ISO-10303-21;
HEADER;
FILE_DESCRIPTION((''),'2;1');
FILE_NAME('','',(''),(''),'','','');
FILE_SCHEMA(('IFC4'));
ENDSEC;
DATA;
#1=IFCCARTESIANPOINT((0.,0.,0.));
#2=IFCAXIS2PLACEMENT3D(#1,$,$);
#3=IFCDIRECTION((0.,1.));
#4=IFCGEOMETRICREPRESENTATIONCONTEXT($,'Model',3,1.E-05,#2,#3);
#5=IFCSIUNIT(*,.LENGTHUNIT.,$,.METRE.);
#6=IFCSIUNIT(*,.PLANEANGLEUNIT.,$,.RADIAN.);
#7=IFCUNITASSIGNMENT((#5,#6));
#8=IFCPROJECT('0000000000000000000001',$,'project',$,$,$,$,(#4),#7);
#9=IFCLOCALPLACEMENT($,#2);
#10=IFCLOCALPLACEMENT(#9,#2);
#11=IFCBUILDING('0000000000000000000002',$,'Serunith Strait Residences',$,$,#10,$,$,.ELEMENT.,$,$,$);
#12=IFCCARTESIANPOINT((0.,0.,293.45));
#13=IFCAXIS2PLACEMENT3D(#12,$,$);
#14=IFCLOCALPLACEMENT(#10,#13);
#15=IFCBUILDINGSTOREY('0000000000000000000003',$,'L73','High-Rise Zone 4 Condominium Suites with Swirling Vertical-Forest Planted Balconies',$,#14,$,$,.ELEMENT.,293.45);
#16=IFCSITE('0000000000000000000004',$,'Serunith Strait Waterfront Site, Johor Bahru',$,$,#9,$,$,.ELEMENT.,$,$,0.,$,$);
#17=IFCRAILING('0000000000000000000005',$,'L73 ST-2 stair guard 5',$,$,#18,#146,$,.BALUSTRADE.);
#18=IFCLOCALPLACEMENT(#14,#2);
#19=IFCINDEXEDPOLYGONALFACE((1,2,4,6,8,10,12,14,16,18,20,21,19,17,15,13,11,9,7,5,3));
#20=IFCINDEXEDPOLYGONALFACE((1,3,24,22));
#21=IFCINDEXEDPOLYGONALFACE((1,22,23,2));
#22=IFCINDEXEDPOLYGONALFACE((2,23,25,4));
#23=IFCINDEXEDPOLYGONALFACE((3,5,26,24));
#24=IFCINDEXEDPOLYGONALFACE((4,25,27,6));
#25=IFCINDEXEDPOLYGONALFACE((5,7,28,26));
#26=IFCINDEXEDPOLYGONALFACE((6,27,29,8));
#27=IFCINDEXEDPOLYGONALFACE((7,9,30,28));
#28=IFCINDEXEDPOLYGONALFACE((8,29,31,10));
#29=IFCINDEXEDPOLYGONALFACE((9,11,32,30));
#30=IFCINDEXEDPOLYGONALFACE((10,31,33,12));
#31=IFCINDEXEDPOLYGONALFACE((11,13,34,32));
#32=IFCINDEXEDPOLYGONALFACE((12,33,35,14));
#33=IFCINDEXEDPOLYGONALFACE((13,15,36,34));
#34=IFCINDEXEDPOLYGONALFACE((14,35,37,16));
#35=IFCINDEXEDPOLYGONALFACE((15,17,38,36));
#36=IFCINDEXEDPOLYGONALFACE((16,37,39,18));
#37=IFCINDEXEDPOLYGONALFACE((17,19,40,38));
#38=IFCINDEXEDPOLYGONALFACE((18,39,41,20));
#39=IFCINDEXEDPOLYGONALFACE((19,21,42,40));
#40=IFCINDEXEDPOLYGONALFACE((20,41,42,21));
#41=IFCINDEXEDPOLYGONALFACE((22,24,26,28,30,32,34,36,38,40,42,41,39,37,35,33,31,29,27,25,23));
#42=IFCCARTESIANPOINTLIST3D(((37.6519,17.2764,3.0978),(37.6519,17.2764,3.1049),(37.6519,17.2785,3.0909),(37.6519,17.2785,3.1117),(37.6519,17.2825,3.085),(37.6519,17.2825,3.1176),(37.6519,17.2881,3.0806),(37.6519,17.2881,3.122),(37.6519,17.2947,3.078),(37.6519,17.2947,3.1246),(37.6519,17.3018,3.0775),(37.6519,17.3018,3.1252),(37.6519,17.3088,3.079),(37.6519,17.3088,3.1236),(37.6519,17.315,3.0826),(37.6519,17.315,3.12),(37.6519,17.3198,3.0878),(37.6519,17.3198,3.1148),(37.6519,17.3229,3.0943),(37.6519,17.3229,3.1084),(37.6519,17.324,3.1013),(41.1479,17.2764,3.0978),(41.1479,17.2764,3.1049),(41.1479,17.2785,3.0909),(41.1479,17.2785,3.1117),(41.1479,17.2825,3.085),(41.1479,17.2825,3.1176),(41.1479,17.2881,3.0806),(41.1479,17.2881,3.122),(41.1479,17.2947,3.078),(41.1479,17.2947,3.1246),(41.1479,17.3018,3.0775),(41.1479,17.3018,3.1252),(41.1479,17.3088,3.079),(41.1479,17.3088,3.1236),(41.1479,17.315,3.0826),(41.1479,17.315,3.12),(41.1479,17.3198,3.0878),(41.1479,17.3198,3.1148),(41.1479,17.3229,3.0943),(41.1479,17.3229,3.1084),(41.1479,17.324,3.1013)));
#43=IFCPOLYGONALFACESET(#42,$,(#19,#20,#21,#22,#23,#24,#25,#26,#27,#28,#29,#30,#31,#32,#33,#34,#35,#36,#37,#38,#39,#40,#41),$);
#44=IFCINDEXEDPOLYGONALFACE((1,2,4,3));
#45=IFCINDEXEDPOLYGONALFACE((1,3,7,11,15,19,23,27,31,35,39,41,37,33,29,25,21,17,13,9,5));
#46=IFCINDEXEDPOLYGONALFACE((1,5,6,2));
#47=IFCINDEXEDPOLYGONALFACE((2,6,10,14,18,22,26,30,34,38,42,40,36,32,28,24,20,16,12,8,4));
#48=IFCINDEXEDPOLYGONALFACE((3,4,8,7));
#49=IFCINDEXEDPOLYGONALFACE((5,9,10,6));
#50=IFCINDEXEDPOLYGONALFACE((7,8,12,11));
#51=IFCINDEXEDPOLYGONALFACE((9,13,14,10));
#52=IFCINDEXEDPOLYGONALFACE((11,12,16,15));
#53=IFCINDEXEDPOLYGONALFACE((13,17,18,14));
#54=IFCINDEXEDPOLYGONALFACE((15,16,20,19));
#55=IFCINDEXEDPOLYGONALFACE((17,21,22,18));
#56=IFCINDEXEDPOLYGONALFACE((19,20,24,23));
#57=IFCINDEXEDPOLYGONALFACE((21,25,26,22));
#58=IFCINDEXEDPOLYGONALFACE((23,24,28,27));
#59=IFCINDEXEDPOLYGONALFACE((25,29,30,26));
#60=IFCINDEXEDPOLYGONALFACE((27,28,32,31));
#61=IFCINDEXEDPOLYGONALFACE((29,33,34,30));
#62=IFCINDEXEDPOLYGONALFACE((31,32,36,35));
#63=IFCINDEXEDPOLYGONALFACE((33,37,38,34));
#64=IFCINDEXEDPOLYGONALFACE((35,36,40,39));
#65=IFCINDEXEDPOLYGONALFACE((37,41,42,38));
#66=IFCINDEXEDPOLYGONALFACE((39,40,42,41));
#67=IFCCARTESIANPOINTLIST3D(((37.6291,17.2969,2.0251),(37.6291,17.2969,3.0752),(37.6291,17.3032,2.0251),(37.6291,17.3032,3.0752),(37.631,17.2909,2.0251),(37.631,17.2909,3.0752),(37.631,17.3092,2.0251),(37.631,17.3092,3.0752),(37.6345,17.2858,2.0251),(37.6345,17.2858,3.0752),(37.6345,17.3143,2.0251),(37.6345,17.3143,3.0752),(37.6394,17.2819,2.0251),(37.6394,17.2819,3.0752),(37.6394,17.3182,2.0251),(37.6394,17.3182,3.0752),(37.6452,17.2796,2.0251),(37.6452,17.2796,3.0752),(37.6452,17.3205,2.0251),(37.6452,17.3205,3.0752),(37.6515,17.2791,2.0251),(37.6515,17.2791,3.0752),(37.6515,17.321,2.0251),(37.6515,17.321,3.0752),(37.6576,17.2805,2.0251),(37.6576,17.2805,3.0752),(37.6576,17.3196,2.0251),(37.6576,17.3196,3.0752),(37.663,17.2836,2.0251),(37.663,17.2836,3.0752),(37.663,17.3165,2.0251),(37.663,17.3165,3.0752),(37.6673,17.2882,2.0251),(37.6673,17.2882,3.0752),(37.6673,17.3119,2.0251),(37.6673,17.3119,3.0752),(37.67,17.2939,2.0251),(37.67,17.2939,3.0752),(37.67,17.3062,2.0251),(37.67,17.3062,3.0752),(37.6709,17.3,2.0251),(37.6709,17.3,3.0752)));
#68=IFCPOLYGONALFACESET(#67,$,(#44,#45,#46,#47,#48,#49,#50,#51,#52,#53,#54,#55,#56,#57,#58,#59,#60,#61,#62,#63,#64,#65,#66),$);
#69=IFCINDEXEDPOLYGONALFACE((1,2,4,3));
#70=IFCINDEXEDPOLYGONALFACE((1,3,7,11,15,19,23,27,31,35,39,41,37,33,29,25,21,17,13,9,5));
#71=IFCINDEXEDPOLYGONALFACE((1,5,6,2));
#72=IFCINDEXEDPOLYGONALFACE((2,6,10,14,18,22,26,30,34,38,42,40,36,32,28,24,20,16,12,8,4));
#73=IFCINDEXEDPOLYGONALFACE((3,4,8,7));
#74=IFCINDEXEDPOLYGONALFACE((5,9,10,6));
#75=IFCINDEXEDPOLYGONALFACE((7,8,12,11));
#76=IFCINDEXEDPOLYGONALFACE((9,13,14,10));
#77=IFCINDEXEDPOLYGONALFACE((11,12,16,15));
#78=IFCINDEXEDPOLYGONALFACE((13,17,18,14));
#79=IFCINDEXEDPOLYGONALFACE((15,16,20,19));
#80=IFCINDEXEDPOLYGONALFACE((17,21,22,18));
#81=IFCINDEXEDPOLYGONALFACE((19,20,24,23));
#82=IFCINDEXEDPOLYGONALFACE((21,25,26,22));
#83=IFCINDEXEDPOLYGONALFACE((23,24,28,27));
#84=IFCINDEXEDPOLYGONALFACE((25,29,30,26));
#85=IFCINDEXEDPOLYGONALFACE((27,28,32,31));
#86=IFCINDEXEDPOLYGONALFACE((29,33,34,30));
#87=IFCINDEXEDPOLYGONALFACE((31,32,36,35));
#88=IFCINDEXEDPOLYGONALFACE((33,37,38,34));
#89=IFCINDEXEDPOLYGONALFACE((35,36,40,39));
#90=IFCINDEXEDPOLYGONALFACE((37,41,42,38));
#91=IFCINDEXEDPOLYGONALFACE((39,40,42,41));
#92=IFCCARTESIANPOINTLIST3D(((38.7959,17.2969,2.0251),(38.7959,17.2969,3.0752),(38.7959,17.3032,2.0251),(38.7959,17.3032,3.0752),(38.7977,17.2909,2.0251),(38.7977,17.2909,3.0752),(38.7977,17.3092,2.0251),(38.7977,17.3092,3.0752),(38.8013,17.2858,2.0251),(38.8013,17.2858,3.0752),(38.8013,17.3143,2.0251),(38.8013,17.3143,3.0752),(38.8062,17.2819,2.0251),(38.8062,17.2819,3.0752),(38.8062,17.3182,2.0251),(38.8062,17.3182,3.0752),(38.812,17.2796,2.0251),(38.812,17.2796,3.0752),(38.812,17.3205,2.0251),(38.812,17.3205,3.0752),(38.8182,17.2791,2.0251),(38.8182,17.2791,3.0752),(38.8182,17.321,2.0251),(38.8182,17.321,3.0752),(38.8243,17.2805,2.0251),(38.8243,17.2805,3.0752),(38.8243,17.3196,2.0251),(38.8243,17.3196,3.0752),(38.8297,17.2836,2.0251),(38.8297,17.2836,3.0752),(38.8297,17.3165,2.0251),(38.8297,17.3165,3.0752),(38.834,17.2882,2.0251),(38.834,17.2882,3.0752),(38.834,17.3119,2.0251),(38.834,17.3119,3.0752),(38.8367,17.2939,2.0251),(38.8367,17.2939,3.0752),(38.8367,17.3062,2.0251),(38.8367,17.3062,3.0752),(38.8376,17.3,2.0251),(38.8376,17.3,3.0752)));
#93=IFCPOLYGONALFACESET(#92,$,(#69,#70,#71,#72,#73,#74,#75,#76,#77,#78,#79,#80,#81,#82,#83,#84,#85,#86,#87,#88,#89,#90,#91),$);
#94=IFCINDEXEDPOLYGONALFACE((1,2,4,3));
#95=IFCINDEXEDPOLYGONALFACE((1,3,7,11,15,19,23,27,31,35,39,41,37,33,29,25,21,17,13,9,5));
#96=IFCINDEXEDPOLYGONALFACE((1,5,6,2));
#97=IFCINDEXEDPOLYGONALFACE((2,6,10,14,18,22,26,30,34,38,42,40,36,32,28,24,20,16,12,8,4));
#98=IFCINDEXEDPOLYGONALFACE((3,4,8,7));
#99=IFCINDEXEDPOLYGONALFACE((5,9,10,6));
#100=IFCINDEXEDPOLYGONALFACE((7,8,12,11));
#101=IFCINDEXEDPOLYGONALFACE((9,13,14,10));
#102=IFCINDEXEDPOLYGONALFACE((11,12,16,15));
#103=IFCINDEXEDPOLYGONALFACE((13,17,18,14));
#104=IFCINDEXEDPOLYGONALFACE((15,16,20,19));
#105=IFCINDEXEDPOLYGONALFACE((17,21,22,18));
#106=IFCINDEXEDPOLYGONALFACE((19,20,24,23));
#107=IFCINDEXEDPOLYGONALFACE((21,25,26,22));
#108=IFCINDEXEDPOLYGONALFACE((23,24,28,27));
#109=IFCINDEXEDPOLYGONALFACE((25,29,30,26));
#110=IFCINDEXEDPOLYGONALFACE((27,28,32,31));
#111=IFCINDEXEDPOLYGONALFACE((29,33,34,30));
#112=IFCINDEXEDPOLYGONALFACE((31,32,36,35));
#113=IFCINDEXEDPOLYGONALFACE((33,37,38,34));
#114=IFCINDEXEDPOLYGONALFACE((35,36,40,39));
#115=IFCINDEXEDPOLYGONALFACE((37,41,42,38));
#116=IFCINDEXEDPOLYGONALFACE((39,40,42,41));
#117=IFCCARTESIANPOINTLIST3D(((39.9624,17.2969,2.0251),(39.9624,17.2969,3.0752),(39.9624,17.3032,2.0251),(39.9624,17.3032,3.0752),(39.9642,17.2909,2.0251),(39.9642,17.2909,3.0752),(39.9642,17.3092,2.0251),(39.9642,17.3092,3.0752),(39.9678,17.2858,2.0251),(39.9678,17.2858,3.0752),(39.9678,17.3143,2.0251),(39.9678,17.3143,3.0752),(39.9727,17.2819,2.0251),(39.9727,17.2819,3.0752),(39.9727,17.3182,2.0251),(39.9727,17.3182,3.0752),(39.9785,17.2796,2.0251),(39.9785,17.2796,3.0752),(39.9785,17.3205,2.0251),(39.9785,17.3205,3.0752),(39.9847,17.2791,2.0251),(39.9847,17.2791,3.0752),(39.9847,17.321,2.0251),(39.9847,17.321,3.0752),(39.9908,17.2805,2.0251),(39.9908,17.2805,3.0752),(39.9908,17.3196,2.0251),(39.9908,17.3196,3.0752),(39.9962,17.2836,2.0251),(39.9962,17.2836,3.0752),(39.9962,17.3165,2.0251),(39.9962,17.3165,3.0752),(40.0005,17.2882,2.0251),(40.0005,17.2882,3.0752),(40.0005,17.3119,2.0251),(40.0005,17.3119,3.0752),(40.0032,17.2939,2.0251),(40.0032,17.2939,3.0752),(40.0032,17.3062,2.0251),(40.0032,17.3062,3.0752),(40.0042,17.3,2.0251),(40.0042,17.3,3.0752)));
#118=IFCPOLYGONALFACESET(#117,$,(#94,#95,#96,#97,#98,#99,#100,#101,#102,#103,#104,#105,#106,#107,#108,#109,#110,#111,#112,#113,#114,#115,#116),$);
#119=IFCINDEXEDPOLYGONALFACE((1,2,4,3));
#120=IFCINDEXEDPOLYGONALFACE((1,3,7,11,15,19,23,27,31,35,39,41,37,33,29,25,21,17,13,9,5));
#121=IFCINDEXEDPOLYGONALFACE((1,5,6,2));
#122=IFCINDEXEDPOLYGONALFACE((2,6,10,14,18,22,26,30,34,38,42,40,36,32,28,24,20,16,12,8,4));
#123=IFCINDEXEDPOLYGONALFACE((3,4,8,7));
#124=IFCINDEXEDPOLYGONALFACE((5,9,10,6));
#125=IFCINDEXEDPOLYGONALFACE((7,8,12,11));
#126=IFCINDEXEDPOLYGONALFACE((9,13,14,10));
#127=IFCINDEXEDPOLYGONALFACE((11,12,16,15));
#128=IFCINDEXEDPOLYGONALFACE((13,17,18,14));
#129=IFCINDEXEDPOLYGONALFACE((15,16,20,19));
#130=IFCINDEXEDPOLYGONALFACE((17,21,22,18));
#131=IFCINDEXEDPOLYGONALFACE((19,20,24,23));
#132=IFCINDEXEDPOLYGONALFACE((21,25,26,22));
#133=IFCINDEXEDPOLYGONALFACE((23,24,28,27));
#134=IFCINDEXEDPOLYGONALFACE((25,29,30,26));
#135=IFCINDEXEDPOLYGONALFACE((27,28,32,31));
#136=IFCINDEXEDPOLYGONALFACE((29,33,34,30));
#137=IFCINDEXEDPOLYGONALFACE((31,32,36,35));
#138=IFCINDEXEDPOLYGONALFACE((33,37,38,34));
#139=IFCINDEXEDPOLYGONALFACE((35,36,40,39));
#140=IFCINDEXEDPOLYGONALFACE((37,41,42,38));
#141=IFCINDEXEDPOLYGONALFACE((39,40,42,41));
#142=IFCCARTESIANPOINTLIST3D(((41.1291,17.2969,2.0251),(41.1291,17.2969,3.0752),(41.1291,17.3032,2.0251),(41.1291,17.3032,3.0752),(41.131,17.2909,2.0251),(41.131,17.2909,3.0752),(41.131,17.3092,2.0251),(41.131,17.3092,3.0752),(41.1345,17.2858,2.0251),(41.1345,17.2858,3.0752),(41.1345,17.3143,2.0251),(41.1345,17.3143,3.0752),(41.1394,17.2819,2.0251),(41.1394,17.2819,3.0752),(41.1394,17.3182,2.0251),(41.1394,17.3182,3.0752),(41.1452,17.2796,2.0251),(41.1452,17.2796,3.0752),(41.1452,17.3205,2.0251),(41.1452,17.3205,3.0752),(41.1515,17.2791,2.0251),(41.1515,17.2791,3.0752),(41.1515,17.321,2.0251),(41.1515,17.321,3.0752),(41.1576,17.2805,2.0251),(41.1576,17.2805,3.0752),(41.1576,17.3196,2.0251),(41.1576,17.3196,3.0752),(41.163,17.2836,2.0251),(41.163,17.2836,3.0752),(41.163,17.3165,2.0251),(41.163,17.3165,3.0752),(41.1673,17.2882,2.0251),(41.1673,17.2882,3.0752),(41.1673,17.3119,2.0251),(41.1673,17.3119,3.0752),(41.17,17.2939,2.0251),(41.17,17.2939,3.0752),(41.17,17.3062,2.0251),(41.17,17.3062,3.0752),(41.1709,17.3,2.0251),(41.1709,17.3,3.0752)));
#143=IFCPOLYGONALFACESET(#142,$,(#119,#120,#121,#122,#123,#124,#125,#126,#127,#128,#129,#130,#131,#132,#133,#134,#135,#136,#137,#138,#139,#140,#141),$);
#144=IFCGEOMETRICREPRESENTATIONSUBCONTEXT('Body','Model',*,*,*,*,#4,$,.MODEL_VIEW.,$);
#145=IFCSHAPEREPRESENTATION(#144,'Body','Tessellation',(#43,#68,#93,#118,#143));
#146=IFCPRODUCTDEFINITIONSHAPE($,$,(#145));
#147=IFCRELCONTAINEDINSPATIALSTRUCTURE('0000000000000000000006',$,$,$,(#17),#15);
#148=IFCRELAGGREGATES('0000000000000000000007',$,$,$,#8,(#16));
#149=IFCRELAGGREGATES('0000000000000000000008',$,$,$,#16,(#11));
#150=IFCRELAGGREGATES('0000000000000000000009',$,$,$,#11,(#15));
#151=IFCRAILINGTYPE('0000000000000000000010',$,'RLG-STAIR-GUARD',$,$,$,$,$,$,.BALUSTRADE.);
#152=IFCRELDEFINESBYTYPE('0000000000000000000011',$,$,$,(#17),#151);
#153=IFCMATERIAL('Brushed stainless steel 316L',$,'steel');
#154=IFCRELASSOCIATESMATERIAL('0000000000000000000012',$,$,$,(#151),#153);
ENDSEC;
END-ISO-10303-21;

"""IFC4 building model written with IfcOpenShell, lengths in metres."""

from ifc_helpers import new_model, si_unit, direction, frame, origin, origin_2d, place, context, subcontext, project, spatial, circle, extrude, material, type_object, element, save


model = new_model("IFC4")

# Units and contexts
model_context = context("Model", 3, precision=1e-05, world=origin(), true_north=direction((0.0, 1.0)))
body_context = subcontext(model_context, "Body", "Model", "MODEL_VIEW")
ifc_project = project(units=[si_unit("LENGTHUNIT", "METRE"), si_unit("PLANEANGLEUNIT", "RADIAN")], contexts=[model_context])

# Site, building, storey
site_placement = place(None, origin())
site = spatial("IfcSite", under=ifc_project, at=site_placement, Name="Serunith Strait Waterfront Site, Johor Bahru", CompositionType="ELEMENT", RefElevation=0.0)
building_placement = place(site_placement, origin())
building = spatial("IfcBuilding", under=site, at=building_placement, Name="Serunith Strait Residences", CompositionType="ELEMENT")
storey_placement = place(building_placement, frame((0.0, 0.0, 293.45)))
storey = spatial("IfcBuildingStorey", under=building, at=storey_placement, Name="L73", Description="High-Rise Zone 4 Condominium Suites with Swirling Vertical-Forest Planted Balconies", CompositionType="ELEMENT", Elevation=293.45)

# Railing
ifc_material_1 = material(Name="Brushed stainless steel 316L", Category="steel")
railing_type_1 = type_object("IfcRailingType", Name="RLG-STAIR-GUARD", PredefinedType="BALUSTRADE", material=ifc_material_1)
railing_1_placement = place(storey_placement, frame((37.6499, 17.3, 2.0251)))
element("IfcRailing", 1, at=railing_1_placement, inside=storey, type_object=railing_type_1, Name="L73 ST-2 stair guard 5", PredefinedType="BALUSTRADE", context=body_context, shape_type="SweptSolid", body=[
    extrude(circle(Radius=0.0239, at=origin_2d()), frame((0.002, 0.0, 1.0762), z_axis=(1.0, 0.0, 0.0), x_axis=(0.0, 1.0, 0.0)), (0.0, 0.0, 1.0), 3.4961),
    extrude(circle(Radius=0.021, at=origin_2d()), origin(), (0.0, 0.0, 1.0), 1.05),
    extrude(circle(Radius=0.021, at=origin_2d()), frame((1.1667, 0.0, 0.0)), (0.0, 0.0, 1.0), 1.05),
    extrude(circle(Radius=0.021, at=origin_2d()), frame((2.3333, 0.0, 0.0)), (0.0, 0.0, 1.0), 1.05),
    extrude(circle(Radius=0.021, at=origin_2d()), frame((3.5, 0.0, 0.0)), (0.0, 0.0, 1.0), 1.05),
])

save(model, "model.ifc")
